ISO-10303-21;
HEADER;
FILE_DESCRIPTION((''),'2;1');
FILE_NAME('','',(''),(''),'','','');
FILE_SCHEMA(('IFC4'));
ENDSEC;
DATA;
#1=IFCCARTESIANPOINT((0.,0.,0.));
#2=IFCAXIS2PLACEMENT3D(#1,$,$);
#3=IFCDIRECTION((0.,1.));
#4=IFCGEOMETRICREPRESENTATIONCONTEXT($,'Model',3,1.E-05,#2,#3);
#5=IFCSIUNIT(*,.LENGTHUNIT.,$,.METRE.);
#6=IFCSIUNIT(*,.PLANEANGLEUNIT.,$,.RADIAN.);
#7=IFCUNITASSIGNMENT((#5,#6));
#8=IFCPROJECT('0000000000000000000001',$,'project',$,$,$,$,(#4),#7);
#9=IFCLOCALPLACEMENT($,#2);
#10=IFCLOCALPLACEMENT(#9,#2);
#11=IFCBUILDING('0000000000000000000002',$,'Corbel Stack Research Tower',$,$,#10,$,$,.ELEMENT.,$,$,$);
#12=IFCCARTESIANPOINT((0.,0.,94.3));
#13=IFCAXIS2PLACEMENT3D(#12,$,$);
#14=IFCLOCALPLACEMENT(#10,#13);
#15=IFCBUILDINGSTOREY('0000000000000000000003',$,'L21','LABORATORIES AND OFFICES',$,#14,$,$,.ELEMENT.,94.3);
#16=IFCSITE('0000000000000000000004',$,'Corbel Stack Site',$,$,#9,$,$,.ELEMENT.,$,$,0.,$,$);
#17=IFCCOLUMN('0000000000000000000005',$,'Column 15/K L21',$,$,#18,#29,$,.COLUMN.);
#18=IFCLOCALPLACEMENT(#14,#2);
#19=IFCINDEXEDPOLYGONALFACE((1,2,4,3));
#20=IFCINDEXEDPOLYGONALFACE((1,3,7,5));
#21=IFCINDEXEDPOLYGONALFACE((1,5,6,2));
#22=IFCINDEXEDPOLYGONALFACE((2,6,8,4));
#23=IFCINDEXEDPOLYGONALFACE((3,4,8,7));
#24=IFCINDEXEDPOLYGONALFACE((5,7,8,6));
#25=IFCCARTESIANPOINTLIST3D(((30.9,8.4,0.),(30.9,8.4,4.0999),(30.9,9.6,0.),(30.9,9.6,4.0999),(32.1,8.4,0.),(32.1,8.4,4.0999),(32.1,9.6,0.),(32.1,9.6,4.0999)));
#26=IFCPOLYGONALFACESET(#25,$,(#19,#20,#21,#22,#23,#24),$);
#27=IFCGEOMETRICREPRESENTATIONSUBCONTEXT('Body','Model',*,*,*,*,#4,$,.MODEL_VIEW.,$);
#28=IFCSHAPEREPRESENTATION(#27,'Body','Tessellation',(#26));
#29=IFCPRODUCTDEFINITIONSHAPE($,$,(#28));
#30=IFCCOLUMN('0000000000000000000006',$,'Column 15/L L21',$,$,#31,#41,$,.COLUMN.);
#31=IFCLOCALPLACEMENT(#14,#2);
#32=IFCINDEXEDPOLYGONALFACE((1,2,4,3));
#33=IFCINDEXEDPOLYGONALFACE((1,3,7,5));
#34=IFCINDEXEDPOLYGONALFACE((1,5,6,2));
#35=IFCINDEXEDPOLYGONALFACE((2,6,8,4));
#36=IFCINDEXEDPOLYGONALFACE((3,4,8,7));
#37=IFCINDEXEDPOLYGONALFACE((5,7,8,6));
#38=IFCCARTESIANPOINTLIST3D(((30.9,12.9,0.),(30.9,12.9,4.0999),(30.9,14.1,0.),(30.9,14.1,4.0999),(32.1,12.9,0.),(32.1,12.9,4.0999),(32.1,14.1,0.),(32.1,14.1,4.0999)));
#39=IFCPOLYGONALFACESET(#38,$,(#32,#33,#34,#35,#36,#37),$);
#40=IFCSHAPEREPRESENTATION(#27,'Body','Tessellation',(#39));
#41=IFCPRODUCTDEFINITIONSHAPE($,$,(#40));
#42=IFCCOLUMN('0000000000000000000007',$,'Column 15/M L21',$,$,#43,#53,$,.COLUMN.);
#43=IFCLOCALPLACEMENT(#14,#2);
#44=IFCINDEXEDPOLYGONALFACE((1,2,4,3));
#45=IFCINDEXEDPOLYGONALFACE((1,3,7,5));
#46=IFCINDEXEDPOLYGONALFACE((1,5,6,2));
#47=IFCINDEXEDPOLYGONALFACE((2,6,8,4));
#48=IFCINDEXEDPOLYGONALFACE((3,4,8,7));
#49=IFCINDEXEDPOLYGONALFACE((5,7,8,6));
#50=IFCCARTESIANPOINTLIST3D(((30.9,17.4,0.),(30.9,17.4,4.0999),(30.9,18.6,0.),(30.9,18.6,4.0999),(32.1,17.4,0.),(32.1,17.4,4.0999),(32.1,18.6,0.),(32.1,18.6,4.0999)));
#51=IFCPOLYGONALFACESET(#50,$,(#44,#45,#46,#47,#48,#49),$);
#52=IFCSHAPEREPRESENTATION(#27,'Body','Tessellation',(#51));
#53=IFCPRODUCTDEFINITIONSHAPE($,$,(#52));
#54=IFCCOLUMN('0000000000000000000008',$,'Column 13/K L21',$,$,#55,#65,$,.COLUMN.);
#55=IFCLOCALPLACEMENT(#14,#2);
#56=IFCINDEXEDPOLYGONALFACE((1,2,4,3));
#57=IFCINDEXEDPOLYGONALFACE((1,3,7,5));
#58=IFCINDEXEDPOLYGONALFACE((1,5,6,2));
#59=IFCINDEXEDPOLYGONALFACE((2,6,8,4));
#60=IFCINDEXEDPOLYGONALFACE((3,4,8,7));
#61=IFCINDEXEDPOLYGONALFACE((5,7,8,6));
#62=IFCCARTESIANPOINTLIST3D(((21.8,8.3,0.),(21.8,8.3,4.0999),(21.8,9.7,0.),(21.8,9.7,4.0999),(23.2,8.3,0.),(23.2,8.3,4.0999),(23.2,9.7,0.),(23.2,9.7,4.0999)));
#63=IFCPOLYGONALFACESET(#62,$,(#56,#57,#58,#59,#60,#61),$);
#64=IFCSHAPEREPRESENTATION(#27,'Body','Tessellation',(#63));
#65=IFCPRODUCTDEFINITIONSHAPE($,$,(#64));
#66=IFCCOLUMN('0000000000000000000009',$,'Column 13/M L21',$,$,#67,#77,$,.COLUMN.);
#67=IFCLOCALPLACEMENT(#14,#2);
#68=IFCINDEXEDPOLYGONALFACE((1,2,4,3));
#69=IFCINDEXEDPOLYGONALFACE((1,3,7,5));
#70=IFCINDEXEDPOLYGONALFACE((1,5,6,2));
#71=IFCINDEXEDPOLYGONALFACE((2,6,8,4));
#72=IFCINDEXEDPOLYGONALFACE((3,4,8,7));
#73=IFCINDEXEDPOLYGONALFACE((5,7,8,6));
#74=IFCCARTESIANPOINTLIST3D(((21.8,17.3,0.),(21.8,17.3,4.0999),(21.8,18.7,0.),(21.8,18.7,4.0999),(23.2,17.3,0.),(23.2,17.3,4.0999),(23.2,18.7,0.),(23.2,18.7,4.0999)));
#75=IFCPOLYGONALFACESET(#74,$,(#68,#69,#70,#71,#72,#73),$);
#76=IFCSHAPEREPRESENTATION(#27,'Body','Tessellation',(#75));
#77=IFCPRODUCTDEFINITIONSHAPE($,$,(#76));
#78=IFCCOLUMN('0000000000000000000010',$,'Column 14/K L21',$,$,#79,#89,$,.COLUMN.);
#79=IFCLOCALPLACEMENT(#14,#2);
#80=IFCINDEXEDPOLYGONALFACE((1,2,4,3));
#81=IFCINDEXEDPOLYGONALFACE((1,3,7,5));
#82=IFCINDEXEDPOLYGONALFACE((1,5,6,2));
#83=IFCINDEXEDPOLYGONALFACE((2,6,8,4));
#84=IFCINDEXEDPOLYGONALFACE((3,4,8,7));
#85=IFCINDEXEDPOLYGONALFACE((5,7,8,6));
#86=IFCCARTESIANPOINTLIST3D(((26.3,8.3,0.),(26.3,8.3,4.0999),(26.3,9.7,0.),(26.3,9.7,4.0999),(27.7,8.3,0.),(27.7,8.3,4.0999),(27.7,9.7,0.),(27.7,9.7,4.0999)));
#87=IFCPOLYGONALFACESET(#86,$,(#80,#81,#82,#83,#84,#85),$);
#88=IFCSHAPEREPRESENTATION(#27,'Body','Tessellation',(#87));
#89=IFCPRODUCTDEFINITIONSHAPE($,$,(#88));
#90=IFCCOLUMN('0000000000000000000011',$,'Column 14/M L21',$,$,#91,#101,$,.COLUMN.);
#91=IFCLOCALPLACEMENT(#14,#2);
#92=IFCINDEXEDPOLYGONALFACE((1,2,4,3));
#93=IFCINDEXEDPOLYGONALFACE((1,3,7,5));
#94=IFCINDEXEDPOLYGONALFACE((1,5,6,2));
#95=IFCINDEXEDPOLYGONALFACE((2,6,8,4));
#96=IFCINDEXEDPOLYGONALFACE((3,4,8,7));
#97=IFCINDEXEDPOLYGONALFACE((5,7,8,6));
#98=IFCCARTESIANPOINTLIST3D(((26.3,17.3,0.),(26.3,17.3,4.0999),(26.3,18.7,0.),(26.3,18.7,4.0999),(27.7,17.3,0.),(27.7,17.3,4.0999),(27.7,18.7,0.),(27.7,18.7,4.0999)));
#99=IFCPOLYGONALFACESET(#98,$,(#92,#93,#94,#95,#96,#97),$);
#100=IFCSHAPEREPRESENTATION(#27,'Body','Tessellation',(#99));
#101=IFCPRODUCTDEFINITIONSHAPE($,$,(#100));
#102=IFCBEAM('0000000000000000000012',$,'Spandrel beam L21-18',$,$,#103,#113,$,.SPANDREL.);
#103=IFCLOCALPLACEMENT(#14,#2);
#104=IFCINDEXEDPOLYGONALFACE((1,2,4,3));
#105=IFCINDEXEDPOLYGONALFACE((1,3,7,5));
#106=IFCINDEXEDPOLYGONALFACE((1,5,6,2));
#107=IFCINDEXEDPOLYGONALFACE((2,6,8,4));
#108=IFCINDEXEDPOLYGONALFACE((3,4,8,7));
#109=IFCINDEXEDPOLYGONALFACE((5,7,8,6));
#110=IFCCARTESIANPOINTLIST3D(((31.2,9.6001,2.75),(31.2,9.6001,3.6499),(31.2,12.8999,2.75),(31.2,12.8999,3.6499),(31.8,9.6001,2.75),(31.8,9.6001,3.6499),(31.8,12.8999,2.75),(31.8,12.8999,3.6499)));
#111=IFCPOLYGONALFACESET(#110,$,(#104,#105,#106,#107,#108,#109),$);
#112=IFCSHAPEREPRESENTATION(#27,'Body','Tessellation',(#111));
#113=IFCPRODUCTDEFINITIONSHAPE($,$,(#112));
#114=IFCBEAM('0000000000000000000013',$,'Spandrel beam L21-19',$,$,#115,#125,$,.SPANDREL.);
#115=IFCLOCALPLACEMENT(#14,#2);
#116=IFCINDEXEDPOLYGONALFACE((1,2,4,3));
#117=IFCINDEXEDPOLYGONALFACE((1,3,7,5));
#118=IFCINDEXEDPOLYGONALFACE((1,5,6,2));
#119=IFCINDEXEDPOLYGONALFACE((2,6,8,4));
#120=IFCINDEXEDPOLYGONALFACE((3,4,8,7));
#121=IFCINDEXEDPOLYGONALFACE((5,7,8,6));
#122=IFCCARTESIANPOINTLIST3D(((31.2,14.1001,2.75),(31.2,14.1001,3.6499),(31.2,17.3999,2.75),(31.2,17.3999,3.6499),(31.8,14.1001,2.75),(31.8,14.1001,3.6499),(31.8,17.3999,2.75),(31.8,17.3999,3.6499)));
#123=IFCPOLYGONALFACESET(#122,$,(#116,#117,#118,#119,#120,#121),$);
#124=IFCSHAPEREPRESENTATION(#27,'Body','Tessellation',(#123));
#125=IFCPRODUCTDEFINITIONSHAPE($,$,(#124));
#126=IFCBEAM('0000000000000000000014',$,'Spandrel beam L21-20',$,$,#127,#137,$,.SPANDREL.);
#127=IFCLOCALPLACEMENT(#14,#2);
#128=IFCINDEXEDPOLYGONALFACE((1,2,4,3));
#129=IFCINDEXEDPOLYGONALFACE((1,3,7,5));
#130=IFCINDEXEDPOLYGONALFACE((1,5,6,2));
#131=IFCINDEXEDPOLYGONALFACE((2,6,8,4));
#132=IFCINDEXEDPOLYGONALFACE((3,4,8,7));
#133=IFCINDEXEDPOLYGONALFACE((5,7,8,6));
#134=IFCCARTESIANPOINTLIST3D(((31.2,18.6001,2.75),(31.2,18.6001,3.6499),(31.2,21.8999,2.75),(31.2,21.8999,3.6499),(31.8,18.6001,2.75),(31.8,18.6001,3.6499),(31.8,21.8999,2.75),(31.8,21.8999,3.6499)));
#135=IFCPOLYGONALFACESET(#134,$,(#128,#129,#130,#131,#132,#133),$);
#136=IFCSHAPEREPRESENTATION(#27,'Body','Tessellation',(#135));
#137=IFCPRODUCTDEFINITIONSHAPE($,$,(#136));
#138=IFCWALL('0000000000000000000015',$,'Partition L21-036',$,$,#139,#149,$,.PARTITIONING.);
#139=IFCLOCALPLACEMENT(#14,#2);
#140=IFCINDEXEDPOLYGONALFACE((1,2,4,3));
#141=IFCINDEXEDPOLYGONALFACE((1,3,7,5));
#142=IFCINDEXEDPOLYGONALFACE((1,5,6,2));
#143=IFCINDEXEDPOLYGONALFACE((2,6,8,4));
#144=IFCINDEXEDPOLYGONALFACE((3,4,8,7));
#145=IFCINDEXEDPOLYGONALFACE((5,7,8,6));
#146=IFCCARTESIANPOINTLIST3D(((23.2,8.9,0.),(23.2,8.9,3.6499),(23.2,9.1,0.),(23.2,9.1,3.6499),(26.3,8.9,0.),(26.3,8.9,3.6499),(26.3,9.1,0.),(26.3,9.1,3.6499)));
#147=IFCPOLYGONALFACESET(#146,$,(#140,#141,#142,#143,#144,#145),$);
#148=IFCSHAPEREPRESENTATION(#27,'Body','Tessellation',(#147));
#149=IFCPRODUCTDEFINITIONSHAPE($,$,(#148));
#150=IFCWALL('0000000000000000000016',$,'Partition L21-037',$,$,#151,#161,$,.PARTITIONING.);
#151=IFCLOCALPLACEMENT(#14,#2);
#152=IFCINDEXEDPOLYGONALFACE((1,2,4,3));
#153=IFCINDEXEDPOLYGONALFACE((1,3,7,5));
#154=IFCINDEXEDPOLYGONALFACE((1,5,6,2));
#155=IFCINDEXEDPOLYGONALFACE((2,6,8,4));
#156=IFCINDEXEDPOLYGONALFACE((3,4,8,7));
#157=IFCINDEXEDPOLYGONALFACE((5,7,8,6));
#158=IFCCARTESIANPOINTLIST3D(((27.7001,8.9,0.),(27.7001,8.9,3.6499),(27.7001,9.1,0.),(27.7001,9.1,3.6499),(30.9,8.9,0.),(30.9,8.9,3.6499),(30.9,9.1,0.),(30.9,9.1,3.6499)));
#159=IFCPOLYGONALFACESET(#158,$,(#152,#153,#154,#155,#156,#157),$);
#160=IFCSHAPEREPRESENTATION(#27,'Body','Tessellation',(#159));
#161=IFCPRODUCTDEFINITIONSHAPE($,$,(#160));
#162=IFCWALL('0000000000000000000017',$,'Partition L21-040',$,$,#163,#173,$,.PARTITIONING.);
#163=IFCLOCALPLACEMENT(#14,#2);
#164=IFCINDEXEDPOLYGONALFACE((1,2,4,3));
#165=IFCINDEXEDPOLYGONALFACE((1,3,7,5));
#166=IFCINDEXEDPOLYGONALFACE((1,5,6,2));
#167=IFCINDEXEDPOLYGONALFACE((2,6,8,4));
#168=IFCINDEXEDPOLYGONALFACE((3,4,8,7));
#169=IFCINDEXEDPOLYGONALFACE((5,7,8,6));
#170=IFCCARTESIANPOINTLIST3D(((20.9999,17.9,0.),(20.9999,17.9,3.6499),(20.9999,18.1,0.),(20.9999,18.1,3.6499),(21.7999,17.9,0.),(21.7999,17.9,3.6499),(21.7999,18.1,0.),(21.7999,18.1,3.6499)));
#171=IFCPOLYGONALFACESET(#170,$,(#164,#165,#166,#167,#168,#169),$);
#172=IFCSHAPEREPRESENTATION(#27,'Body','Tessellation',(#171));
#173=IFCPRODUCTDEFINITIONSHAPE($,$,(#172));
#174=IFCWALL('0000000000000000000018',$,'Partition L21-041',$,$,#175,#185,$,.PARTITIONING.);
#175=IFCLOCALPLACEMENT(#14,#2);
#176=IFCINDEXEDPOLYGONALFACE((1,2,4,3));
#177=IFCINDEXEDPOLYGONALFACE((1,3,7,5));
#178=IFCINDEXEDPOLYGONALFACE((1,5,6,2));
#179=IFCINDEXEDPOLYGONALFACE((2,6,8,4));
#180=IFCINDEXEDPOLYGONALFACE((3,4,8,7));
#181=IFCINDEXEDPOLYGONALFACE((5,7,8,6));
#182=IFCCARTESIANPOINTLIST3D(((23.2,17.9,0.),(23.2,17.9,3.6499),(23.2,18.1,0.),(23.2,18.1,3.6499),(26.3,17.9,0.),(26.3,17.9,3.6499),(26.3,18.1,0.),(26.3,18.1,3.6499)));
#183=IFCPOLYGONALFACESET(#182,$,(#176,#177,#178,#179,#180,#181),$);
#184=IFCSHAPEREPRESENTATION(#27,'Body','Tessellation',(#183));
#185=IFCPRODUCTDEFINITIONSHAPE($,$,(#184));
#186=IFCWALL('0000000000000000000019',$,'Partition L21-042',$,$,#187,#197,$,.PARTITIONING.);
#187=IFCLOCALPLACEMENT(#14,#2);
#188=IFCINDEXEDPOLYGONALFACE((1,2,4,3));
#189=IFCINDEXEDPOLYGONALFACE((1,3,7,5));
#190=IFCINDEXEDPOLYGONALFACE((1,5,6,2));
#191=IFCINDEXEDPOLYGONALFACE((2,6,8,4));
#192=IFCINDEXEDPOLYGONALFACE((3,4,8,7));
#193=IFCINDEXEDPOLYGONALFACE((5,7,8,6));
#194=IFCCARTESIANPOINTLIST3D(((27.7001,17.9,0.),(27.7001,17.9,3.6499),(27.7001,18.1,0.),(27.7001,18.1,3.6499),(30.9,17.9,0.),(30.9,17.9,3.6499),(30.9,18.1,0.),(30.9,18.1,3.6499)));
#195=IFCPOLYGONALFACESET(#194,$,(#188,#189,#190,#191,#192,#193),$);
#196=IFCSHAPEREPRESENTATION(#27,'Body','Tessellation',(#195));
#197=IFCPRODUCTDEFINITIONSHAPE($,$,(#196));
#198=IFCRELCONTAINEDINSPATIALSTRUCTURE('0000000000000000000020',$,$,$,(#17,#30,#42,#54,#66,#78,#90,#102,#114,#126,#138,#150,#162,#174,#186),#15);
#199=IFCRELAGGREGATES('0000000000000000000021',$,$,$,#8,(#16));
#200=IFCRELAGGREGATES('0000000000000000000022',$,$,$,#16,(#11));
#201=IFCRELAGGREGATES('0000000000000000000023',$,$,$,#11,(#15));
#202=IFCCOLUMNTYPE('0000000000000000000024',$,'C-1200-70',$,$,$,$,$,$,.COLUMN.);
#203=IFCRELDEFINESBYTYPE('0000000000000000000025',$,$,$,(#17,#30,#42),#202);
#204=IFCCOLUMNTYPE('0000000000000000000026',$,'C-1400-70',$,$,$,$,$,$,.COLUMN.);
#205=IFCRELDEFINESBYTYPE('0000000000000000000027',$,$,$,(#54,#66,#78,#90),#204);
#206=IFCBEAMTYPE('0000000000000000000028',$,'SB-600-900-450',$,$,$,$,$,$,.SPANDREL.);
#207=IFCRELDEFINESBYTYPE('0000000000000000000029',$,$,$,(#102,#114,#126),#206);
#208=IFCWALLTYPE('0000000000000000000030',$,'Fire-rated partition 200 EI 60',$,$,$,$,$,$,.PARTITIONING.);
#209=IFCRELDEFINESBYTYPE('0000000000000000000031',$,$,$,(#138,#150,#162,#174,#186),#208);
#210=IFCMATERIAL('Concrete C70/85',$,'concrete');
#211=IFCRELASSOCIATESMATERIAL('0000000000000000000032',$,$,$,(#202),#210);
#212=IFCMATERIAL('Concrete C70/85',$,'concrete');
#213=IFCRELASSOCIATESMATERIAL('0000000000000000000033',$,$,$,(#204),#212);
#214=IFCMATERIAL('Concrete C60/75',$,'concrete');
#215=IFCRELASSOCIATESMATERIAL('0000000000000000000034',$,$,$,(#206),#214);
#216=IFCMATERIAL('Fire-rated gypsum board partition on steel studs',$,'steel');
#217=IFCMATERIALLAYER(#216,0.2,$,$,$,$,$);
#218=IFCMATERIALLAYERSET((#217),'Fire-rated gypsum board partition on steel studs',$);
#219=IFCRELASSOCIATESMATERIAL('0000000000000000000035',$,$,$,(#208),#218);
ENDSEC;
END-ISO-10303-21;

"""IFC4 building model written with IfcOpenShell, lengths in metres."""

from ifc_helpers import new_model, si_unit, direction, frame, frame_2d, origin, origin_2d, place, context, subcontext, project, spatial, rectangle, extrude, material, layer, layer_set, material_profile, profile_set, type_object, element, save


model = new_model("IFC4")

# Units and contexts
model_context = context("Model", 3, precision=1e-05, world=origin(), true_north=direction((0.0, 1.0)))
body_context = subcontext(model_context, "Body", "Model", "MODEL_VIEW")
ifc_project = project(units=[si_unit("LENGTHUNIT", "METRE"), si_unit("PLANEANGLEUNIT", "RADIAN")], contexts=[model_context])

# Site, building, storey
site_placement = place(None, origin())
site = spatial("IfcSite", under=ifc_project, at=site_placement, Name="Corbel Stack Site", CompositionType="ELEMENT", RefElevation=0.0)
building_placement = place(site_placement, origin())
building = spatial("IfcBuilding", under=site, at=building_placement, Name="Corbel Stack Research Tower", CompositionType="ELEMENT")
storey_placement = place(building_placement, frame((0.0, 0.0, 94.3)))
storey = spatial("IfcBuildingStorey", under=building, at=storey_placement, Name="L21", Description="LABORATORIES AND OFFICES", CompositionType="ELEMENT", Elevation=94.3)

# Columns
ifc_material_1 = material(Name="Concrete C70/85", Category="concrete")
ifc_material_profile_1 = material_profile(ifc_material_1, rectangle(XDim=1.2, YDim=1.2, at=origin_2d()), Name="RC 1200 x 1200")
ifc_profile_set_1 = profile_set([ifc_material_profile_1], Name="Concrete C70/85")
column_type_1 = type_object("IfcColumnType", Name="C-1200-70", PredefinedType="COLUMN", material=ifc_profile_set_1)
for number, where, z_axis, x_axis, name in (
    (1, (31.5, 9.0, 0.0), (0.0, 0.0, 1.0), (1.0, 0.0, 0.0), "Column 15/K L21"),
    (2, (31.5, 13.5, 0.0), (0.0, 0.0, 1.0), (1.0, 0.0, 0.0), "Column 15/L L21"),
    (3, (31.5, 18.0, 0.0), (0.0, 0.0, 1.0), (1.0, 0.0, 0.0), "Column 15/M L21"),
):
    element("IfcColumn", number, at=place(storey_placement, frame(where, z_axis=z_axis, x_axis=x_axis)), inside=storey, type_object=column_type_1, Name=name, PredefinedType="COLUMN", context=body_context, shape_type="SweptSolid", body=[
        extrude(rectangle(XDim=1.2, YDim=1.2, at=origin_2d()), origin(), (0.0, 0.0, 1.0), 4.0999),
    ])
ifc_material_2 = material(Name="Concrete C70/85", Category="concrete")
ifc_material_profile_2 = material_profile(ifc_material_2, rectangle(XDim=1.3999, YDim=1.3999, at=origin_2d()), Name="RC 1400 x 1400")
ifc_profile_set_2 = profile_set([ifc_material_profile_2], Name="Concrete C70/85")
column_type_2 = type_object("IfcColumnType", Name="C-1400-70", PredefinedType="COLUMN", material=ifc_profile_set_2)
for number, where, z_axis, x_axis, name in (
    (4, (22.5, 9.0, 0.0), (0.0, 0.0, 1.0), (1.0, 0.0, 0.0), "Column 13/K L21"),
    (5, (22.5, 18.0, 0.0), (0.0, 0.0, 1.0), (1.0, 0.0, 0.0), "Column 13/M L21"),
    (6, (27.0, 9.0, 0.0), (0.0, 0.0, 1.0), (1.0, 0.0, 0.0), "Column 14/K L21"),
    (7, (27.0, 18.0, 0.0), (0.0, 0.0, 1.0), (1.0, 0.0, 0.0), "Column 14/M L21"),
):
    element("IfcColumn", number, at=place(storey_placement, frame(where, z_axis=z_axis, x_axis=x_axis)), inside=storey, type_object=column_type_2, Name=name, PredefinedType="COLUMN", context=body_context, shape_type="SweptSolid", body=[
        extrude(rectangle(XDim=1.3999, YDim=1.3999, at=origin_2d()), origin(), (0.0, 0.0, 1.0), 4.0999),
    ])

# Beams
ifc_material_3 = material(Name="Concrete C60/75", Category="concrete")
ifc_material_profile_3 = material_profile(ifc_material_3, rectangle(XDim=0.6001, YDim=0.8999, at=origin_2d()), Name="RC 600 x 900")
ifc_profile_set_3 = profile_set([ifc_material_profile_3], Name="Concrete C60/75")
beam_type = type_object("IfcBeamType", Name="SB-600-900-450", PredefinedType="SPANDREL", material=ifc_profile_set_3)
for number, where, z_axis, x_axis, name in (
    (8, (31.5, 9.6001, 3.2), (0.0, 1.0, 0.0), (-1.0, 0.0, 0.0), "Spandrel beam L21-18"),
    (9, (31.5, 14.1001, 3.2), (0.0, 1.0, 0.0), (-1.0, 0.0, 0.0), "Spandrel beam L21-19"),
    (10, (31.5, 18.6001, 3.2), (0.0, 1.0, 0.0), (-1.0, 0.0, 0.0), "Spandrel beam L21-20"),
):
    element("IfcBeam", number, at=place(storey_placement, frame(where, z_axis=z_axis, x_axis=x_axis)), inside=storey, type_object=beam_type, Name=name, PredefinedType="SPANDREL", context=body_context, shape_type="SweptSolid", body=[
        extrude(rectangle(XDim=0.6001, YDim=0.8999, at=origin_2d()), origin(), (0.0, 0.0, 1.0), 3.2998),
    ])

# Walls
ifc_material_4 = material(Name="Fire-rated gypsum board partition on steel studs", Category="steel")
ifc_layer_1 = layer(ifc_material_4, 0.2)
ifc_layer_set_1 = layer_set([ifc_layer_1], Name="Fire-rated gypsum board partition on steel studs")
wall_type_1 = type_object("IfcWallType", Name="Fire-rated partition 200 EI 60", PredefinedType="PARTITIONING", material=ifc_layer_set_1)
wall_1_placement = place(storey_placement, frame((23.2, 9.0, 0.0), z_axis=(0.0, 0.0, 1.0), x_axis=(1.0, 0.0, 0.0)))
element("IfcWall", 11, at=wall_1_placement, inside=storey, type_object=wall_type_1, Name="Partition L21-036", PredefinedType="PARTITIONING", context=body_context, shape_type="SweptSolid", body=[
    extrude(rectangle(XDim=3.1001, YDim=0.2, at=frame_2d((1.55, 0.0))), origin(), (0.0, 0.0, 1.0), 3.6499),
])
wall_2_placement = place(storey_placement, frame((27.7, 9.0, 0.0), z_axis=(0.0, 0.0, 1.0), x_axis=(1.0, 0.0, 0.0)))
element("IfcWall", 12, at=wall_2_placement, inside=storey, type_object=wall_type_1, Name="Partition L21-037", PredefinedType="PARTITIONING", context=body_context, shape_type="SweptSolid", body=[
    extrude(rectangle(XDim=3.2, YDim=0.2, at=frame_2d((1.6001, 0.0))), origin(), (0.0, 0.0, 1.0), 3.6499),
])
wall_3_placement = place(storey_placement, frame((21.0, 18.0, 0.0), z_axis=(0.0, 0.0, 1.0), x_axis=(1.0, 0.0, 0.0)))
element("IfcWall", 13, at=wall_3_placement, inside=storey, type_object=wall_type_1, Name="Partition L21-040", PredefinedType="PARTITIONING", context=body_context, shape_type="SweptSolid", body=[
    extrude(rectangle(XDim=0.8, YDim=0.2, at=frame_2d((0.3999, 0.0))), origin(), (0.0, 0.0, 1.0), 3.6499),
])
wall_4_placement = place(storey_placement, frame((23.2, 18.0, 0.0), z_axis=(0.0, 0.0, 1.0), x_axis=(1.0, 0.0, 0.0)))
element("IfcWall", 14, at=wall_4_placement, inside=storey, type_object=wall_type_1, Name="Partition L21-041", PredefinedType="PARTITIONING", context=body_context, shape_type="SweptSolid", body=[
    extrude(rectangle(XDim=3.1001, YDim=0.2, at=frame_2d((1.55, 0.0))), origin(), (0.0, 0.0, 1.0), 3.6499),
])
wall_5_placement = place(storey_placement, frame((27.7, 18.0, 0.0), z_axis=(0.0, 0.0, 1.0), x_axis=(1.0, 0.0, 0.0)))
element("IfcWall", 15, at=wall_5_placement, inside=storey, type_object=wall_type_1, Name="Partition L21-042", PredefinedType="PARTITIONING", context=body_context, shape_type="SweptSolid", body=[
    extrude(rectangle(XDim=3.2, YDim=0.2, at=frame_2d((1.6001, 0.0))), origin(), (0.0, 0.0, 1.0), 3.6499),
])

save(model, "model.ifc")
